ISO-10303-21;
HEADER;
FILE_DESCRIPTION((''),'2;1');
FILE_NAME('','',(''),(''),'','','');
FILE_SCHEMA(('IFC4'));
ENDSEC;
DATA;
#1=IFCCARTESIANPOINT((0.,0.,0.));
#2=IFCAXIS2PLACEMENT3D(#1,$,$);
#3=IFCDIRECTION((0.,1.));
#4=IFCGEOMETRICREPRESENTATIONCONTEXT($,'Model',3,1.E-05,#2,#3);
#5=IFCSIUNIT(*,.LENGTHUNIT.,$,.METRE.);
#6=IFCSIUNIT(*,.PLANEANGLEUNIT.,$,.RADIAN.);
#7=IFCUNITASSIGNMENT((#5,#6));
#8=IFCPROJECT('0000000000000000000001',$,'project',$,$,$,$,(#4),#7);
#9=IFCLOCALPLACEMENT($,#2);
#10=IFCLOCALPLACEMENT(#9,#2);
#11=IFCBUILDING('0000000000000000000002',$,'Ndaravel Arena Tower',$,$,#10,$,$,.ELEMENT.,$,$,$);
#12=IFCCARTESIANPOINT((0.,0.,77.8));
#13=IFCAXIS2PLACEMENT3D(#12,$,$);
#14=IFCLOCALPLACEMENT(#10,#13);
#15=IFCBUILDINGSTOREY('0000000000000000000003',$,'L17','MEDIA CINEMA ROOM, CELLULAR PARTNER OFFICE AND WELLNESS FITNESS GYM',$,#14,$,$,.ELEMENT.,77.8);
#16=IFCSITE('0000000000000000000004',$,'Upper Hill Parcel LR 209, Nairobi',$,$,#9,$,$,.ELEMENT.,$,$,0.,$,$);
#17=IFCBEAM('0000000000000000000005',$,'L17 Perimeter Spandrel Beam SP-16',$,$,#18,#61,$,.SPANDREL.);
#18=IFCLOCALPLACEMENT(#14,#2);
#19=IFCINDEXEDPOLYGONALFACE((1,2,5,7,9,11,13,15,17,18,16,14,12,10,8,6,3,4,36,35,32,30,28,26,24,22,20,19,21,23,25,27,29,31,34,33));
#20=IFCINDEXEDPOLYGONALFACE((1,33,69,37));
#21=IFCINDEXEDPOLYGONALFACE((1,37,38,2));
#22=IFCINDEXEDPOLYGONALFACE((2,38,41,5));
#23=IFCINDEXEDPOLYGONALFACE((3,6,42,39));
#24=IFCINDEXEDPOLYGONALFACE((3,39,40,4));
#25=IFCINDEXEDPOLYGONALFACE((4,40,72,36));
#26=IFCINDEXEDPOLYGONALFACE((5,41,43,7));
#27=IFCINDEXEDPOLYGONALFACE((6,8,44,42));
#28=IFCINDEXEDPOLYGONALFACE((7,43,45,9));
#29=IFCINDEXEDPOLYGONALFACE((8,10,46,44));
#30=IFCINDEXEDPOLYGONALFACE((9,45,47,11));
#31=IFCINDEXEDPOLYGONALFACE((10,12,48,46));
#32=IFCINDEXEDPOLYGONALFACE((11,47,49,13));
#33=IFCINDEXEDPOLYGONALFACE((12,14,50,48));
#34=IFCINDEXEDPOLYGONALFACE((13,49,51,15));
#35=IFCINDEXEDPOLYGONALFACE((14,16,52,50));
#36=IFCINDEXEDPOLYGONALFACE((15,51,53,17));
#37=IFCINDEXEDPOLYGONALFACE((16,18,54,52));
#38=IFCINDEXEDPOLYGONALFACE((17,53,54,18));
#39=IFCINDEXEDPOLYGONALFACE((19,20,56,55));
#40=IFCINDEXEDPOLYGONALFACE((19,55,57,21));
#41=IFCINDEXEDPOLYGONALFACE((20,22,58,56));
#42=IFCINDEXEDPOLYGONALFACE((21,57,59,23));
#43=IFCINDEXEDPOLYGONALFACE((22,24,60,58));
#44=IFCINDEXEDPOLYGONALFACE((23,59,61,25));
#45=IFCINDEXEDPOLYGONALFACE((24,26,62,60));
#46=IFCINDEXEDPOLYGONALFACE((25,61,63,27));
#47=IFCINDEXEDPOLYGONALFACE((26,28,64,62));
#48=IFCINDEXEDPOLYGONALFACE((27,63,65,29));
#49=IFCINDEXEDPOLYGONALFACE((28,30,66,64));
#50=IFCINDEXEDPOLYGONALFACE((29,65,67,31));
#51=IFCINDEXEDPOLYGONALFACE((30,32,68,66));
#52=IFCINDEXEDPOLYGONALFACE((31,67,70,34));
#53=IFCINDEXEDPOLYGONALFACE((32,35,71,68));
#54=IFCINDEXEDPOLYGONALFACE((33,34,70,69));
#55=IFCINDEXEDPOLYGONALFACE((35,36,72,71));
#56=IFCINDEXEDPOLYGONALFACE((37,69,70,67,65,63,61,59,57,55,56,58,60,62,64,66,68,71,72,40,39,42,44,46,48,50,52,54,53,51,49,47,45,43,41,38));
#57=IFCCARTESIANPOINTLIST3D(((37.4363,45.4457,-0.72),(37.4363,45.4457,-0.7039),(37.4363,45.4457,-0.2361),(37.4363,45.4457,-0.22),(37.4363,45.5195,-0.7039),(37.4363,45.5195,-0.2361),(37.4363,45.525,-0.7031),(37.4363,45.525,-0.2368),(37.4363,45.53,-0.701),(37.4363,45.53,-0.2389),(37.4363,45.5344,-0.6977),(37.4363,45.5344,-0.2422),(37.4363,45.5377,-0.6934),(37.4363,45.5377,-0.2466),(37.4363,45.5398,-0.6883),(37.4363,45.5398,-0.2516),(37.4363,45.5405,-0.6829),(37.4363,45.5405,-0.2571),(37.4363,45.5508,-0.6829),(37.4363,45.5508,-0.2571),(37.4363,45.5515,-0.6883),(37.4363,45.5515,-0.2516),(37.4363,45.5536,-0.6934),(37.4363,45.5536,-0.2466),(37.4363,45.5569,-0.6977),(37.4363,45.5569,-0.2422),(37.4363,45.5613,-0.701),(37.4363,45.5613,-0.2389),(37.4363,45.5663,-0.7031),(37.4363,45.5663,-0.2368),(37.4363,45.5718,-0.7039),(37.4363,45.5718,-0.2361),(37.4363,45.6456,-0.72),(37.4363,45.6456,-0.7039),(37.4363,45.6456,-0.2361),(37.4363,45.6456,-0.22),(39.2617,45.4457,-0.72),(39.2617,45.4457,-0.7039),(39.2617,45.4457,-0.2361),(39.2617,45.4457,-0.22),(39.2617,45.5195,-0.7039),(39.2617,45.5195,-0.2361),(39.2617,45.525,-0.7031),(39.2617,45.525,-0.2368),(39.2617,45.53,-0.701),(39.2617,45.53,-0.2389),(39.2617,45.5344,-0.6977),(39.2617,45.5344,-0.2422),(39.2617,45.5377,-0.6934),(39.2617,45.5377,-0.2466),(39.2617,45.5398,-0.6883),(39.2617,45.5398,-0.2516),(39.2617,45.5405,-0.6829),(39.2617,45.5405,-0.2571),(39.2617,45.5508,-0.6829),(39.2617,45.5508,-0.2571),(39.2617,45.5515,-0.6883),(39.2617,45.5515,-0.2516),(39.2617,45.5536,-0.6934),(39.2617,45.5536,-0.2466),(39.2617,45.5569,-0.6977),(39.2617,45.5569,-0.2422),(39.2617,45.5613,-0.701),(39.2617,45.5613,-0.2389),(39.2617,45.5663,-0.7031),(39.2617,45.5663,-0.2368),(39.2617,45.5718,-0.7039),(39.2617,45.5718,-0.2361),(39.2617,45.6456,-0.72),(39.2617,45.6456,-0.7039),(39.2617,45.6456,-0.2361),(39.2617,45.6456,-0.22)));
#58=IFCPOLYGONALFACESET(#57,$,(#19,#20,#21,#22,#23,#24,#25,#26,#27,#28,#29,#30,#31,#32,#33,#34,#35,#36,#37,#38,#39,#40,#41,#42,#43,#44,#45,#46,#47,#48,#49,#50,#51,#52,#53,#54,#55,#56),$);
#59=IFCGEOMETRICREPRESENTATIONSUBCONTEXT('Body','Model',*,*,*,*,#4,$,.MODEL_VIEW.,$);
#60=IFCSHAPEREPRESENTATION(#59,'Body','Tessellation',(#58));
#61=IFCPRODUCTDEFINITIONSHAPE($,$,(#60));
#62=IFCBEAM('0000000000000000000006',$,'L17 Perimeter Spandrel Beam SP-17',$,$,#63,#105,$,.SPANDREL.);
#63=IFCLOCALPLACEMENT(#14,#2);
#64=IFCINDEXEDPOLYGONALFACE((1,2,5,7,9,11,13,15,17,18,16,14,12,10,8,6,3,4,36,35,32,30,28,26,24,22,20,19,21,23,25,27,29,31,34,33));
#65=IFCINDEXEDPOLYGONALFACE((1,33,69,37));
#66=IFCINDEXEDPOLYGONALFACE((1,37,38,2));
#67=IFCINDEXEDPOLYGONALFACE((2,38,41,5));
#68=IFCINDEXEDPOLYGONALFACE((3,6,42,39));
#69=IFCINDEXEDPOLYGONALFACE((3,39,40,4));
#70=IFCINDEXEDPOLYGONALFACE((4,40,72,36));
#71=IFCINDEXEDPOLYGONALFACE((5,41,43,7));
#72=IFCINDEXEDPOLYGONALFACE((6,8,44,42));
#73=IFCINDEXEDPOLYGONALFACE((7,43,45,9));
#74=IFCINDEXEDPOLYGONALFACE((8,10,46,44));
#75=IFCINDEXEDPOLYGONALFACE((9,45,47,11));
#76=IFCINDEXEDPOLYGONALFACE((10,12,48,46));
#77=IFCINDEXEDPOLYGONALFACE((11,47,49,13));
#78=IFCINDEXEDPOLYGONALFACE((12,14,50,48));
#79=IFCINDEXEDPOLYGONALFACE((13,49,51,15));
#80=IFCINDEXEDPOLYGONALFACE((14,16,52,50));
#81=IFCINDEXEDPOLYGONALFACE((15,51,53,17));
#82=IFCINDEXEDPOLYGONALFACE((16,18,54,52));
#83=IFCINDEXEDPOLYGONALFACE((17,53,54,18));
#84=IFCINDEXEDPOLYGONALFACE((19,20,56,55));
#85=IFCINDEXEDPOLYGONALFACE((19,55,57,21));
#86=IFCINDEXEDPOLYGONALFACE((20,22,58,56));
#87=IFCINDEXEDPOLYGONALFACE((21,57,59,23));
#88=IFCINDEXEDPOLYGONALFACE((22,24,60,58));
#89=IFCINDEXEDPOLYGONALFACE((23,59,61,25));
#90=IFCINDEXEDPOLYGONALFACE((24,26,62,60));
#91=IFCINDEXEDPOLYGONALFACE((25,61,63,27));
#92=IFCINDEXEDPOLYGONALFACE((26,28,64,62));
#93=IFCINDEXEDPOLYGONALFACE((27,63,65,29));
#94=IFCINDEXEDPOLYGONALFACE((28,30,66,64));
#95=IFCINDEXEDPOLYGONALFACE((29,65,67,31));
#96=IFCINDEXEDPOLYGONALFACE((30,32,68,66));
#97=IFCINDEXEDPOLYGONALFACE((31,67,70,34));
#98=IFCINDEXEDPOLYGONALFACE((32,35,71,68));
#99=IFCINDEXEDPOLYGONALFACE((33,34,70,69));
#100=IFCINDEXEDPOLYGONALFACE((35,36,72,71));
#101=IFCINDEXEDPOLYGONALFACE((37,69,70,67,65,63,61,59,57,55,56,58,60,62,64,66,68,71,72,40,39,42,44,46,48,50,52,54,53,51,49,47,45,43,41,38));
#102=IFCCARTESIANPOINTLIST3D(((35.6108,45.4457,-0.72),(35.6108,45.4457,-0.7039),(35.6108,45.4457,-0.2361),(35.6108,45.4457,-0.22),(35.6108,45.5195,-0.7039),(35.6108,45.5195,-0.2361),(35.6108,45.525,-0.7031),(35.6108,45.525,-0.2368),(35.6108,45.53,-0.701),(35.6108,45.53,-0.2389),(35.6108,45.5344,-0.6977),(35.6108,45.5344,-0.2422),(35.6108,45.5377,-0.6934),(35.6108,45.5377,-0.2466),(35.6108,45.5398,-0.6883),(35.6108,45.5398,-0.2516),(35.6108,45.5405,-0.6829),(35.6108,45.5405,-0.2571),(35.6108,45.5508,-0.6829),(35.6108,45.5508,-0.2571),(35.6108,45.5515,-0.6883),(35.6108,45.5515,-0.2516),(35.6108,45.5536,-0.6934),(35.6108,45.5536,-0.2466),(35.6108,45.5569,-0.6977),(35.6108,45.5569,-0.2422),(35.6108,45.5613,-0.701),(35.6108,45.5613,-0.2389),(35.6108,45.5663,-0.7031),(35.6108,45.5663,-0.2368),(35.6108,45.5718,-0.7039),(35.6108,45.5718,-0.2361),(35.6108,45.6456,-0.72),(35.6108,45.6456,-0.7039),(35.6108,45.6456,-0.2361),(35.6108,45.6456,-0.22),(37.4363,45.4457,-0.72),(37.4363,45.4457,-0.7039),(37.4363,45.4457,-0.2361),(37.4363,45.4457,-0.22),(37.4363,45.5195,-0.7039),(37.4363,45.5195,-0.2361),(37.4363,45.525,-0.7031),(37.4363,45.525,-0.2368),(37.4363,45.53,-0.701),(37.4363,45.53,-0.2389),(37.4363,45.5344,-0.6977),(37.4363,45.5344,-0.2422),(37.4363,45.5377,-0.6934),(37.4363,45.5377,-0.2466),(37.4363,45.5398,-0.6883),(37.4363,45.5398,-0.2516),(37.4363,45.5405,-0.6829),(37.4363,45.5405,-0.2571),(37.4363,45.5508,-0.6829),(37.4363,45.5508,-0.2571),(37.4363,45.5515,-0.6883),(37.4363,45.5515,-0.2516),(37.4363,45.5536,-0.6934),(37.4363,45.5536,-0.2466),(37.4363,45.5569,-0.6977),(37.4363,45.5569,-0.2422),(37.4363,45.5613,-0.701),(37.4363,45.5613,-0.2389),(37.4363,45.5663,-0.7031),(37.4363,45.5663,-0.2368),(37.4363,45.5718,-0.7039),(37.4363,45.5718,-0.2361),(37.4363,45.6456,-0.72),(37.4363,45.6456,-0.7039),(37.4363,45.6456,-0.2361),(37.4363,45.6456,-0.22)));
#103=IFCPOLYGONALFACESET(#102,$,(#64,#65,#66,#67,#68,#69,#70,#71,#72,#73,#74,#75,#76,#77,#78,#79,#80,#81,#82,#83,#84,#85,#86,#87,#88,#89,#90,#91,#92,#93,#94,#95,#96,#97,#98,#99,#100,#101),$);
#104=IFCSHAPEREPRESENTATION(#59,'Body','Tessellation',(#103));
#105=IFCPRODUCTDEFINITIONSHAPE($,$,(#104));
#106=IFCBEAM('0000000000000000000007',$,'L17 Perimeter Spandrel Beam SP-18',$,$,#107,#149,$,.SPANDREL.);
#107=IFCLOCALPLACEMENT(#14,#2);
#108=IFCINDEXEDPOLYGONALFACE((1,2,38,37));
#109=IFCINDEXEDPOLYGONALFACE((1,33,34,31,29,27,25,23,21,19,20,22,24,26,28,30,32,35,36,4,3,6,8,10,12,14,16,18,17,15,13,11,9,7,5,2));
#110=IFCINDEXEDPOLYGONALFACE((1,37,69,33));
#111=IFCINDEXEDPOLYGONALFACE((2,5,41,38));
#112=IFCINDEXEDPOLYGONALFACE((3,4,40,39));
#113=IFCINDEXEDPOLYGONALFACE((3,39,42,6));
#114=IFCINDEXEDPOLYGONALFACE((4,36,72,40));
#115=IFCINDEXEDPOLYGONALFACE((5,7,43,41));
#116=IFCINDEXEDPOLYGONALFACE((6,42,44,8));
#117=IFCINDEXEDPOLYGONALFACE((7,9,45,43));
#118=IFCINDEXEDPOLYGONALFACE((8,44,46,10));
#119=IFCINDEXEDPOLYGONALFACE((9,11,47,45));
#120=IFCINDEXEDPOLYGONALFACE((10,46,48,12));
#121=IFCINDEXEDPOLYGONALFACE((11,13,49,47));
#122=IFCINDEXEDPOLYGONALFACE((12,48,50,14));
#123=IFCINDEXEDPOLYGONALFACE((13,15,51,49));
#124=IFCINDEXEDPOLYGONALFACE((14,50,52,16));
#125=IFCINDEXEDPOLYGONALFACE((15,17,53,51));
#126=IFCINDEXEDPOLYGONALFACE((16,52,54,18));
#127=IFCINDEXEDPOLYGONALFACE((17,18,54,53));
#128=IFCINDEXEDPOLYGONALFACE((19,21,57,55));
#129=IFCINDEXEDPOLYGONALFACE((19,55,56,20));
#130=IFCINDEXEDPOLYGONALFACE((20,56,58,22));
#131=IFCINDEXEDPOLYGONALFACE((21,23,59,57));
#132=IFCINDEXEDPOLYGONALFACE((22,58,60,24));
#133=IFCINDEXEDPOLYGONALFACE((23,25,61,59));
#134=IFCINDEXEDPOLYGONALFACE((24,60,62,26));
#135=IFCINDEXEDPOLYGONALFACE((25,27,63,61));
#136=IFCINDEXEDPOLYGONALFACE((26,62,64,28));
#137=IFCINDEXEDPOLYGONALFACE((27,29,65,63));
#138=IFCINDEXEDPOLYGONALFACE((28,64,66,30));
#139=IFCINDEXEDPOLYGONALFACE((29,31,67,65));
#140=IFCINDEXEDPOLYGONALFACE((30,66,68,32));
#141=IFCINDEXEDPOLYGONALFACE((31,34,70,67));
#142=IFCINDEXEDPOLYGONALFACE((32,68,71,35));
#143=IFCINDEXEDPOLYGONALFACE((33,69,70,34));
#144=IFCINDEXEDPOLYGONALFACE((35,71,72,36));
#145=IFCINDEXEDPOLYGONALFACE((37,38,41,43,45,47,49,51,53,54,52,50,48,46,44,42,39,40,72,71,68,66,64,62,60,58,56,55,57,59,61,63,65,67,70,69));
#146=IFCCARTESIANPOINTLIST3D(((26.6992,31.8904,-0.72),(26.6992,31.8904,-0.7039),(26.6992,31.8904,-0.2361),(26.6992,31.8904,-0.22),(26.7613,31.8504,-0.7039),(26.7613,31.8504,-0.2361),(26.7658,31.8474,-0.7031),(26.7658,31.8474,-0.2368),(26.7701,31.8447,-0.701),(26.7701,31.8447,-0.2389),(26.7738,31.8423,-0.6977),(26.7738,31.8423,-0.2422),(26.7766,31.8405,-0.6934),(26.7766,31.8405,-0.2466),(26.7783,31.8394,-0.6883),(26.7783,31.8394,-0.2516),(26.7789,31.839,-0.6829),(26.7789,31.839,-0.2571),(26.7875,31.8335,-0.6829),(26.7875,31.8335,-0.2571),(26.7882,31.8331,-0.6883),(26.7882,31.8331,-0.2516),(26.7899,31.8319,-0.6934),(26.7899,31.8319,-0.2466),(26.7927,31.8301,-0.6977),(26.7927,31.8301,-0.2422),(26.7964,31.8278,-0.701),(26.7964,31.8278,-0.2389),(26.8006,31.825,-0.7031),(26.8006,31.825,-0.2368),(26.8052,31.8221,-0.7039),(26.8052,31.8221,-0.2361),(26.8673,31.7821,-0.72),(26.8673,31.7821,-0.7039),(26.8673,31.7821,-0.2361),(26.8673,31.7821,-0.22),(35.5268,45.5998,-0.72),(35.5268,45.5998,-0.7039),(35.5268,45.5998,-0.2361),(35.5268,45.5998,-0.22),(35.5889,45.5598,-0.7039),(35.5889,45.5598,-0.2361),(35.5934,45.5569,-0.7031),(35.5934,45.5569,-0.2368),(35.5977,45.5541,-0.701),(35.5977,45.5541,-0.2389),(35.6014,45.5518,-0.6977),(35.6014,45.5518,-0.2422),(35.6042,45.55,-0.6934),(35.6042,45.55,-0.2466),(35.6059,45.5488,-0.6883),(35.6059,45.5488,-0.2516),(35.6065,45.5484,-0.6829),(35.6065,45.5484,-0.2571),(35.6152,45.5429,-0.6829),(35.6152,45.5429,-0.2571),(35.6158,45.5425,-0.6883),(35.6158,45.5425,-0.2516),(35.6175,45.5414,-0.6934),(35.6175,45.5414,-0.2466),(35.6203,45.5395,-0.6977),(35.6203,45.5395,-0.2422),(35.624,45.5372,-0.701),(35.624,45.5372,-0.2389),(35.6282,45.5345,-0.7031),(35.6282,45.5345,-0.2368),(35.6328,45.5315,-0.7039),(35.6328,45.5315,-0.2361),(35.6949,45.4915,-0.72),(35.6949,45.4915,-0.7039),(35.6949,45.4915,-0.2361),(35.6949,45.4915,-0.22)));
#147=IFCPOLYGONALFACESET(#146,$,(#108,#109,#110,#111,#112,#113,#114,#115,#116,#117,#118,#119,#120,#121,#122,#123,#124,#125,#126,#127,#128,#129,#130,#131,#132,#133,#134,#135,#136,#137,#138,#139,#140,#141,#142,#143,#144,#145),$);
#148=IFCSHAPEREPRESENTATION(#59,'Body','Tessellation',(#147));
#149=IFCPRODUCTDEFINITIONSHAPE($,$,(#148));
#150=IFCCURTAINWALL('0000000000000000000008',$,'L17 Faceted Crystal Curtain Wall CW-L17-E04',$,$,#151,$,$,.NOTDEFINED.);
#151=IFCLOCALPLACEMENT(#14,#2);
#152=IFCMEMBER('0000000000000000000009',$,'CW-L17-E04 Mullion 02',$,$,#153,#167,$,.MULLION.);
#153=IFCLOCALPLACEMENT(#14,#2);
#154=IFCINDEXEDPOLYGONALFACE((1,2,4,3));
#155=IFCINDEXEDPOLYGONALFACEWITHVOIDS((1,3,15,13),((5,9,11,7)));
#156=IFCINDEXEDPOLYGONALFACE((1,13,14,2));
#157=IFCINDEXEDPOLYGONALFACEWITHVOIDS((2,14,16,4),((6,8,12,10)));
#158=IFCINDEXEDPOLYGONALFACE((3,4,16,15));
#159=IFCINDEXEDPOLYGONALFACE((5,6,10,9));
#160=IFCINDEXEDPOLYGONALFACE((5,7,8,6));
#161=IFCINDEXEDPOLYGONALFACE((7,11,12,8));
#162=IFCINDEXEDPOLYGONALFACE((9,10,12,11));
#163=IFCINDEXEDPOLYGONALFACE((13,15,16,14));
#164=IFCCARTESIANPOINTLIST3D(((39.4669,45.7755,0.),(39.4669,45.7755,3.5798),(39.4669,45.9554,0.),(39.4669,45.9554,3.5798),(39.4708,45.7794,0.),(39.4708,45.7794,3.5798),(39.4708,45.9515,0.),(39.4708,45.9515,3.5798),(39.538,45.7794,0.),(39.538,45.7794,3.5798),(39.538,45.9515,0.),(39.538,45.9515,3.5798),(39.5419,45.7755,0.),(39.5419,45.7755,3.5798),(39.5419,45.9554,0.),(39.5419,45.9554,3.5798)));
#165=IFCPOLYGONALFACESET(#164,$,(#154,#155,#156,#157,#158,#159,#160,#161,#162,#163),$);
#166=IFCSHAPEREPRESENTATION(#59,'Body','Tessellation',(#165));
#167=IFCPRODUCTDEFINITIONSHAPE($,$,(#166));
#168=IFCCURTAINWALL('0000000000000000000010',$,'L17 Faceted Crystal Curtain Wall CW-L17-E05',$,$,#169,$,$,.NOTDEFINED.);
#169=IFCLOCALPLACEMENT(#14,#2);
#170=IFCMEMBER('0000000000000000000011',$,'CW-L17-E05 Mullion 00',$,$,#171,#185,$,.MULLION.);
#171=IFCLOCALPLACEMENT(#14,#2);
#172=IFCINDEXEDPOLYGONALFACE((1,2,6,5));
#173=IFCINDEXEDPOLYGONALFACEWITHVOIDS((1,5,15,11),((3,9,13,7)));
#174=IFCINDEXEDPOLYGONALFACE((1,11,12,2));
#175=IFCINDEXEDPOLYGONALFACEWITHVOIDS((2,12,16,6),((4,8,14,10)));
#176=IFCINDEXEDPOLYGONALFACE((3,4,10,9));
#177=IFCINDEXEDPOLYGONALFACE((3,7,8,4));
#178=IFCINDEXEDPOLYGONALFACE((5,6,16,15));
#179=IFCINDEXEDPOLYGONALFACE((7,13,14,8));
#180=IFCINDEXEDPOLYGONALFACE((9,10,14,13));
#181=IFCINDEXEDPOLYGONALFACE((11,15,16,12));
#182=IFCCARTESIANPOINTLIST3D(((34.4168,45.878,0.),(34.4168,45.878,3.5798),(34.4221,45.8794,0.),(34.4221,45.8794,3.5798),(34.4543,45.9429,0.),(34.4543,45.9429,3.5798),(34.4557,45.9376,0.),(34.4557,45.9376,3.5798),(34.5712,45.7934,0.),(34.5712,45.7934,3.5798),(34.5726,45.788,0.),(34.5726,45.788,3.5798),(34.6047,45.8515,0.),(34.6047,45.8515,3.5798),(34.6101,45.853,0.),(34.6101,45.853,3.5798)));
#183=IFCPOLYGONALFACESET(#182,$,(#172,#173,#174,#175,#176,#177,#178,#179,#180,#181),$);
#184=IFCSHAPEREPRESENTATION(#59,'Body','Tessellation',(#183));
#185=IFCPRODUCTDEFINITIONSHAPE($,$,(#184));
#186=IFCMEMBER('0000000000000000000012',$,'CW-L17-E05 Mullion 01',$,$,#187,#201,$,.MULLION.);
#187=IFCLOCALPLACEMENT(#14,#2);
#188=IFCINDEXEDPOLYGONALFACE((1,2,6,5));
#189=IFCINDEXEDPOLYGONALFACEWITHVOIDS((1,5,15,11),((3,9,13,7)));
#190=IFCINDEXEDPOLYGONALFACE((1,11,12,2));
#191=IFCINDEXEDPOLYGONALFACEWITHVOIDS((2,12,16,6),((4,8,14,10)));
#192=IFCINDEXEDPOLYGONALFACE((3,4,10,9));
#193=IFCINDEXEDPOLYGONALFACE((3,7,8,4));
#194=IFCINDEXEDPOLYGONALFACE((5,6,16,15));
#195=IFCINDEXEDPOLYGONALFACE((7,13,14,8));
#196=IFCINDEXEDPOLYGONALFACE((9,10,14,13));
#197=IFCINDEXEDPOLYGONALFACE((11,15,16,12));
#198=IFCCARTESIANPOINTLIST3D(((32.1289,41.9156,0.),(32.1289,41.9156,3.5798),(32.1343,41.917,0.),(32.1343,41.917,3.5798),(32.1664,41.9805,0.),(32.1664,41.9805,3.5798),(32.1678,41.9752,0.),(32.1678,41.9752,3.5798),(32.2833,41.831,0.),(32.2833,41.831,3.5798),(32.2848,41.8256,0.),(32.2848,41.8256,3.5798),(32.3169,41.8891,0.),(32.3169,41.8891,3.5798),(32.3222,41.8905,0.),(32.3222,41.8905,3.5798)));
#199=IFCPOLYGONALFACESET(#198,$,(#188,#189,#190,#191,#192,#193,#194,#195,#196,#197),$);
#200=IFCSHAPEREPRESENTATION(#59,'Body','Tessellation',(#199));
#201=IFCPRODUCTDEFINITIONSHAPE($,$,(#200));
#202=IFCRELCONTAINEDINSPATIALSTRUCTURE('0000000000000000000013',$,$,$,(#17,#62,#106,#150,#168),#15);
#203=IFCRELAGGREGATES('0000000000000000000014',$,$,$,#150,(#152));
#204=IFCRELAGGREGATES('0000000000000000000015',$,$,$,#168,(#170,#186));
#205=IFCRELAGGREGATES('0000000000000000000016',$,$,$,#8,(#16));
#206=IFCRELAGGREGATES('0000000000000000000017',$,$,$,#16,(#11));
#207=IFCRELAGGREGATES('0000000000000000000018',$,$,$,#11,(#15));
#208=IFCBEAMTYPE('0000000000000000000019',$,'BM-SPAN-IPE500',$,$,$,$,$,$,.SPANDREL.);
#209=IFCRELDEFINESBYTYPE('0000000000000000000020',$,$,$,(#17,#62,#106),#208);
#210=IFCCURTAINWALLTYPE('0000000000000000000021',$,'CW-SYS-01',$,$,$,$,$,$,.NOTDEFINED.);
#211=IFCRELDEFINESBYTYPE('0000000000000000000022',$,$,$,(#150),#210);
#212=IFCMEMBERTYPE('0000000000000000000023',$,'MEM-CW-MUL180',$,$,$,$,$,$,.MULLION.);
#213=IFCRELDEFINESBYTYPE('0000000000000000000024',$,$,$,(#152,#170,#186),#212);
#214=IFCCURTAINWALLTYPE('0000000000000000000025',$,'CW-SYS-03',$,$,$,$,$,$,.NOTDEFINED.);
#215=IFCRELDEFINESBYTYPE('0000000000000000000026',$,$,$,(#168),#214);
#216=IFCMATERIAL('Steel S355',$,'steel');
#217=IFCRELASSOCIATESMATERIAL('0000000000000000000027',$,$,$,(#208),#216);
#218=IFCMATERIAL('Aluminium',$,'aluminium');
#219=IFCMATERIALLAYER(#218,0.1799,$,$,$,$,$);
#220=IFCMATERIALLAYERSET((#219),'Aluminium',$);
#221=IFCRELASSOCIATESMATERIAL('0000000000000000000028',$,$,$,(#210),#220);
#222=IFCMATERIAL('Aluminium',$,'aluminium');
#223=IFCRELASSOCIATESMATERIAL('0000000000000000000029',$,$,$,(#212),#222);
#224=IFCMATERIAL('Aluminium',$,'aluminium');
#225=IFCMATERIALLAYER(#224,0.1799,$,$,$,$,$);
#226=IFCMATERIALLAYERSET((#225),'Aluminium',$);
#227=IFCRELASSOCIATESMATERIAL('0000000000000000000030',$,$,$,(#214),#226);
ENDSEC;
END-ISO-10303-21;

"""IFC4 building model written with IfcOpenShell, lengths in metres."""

from ifc_helpers import new_model, si_unit, direction, frame, origin, origin_2d, place, context, subcontext, project, spatial, hollow_rectangle, i_section, extrude, material, layer, layer_set, material_profile, profile_set, type_object, element, aggregate, save


model = new_model("IFC4")

# Units and contexts
model_context = context("Model", 3, precision=1e-05, world=origin(), true_north=direction((0.0, 1.0)))
body_context = subcontext(model_context, "Body", "Model", "MODEL_VIEW")
ifc_project = project(units=[si_unit("LENGTHUNIT", "METRE"), si_unit("PLANEANGLEUNIT", "RADIAN")], contexts=[model_context])

# Site, building, storey
site_placement = place(None, origin())
site = spatial("IfcSite", under=ifc_project, at=site_placement, Name="Upper Hill Parcel LR 209, Nairobi", CompositionType="ELEMENT", RefElevation=0.0)
building_placement = place(site_placement, origin())
building = spatial("IfcBuilding", under=site, at=building_placement, Name="Ndaravel Arena Tower", CompositionType="ELEMENT")
storey_placement = place(building_placement, frame((0.0, 0.0, 77.8)))
storey = spatial("IfcBuildingStorey", under=building, at=storey_placement, Name="L17", Description="MEDIA CINEMA ROOM, CELLULAR PARTNER OFFICE AND WELLNESS FITNESS GYM", CompositionType="ELEMENT", Elevation=77.8)

# Beams
ifc_material_1 = material(Name="Steel S355", Category="steel")
ifc_material_profile_1 = material_profile(ifc_material_1, i_section(OverallWidth=0.2, OverallDepth=0.5, WebThickness=0.0103, FlangeThickness=0.0161, FilletRadius=0.021, at=origin_2d()), Name="IPE 500")
ifc_profile_set_1 = profile_set([ifc_material_profile_1], Name="Steel S355")
beam_type_1 = type_object("IfcBeamType", Name="BM-SPAN-IPE500", PredefinedType="SPANDREL", material=ifc_profile_set_1)
for number, where, z_axis, x_axis, name in (
    (1, (39.2617, 45.5457, -0.47), (-1.0, 0.0, 0.0), (0.0, -1.0, 0.0), "L17 Perimeter Spandrel Beam SP-16"),
    (2, (37.4363, 45.5457, -0.47), (-1.0, 0.0, 0.0), (0.0, -1.0, 0.0), "L17 Perimeter Spandrel Beam SP-17"),
):
    element("IfcBeam", number, at=place(storey_placement, frame(where, z_axis=z_axis, x_axis=x_axis)), inside=storey, type_object=beam_type_1, Name=name, PredefinedType="SPANDREL", context=body_context, shape_type="SweptSolid", body=[
        extrude(i_section(OverallWidth=0.2, OverallDepth=0.5, WebThickness=0.0103, FlangeThickness=0.0161, FilletRadius=0.021, at=origin_2d()), origin(), (0.0, 0.0, 1.0), 1.8254),
    ])
beam_1_placement = place(storey_placement, frame((35.6108, 45.5457, -0.47), z_axis=(-0.541383, -0.840776, 0.0), x_axis=(0.840776, -0.541383, 0.0)))
element("IfcBeam", 3, at=beam_1_placement, inside=storey, type_object=beam_type_1, Name="L17 Perimeter Spandrel Beam SP-18", PredefinedType="SPANDREL", context=body_context, shape_type="SweptSolid", body=[
    extrude(i_section(OverallWidth=0.2, OverallDepth=0.5, WebThickness=0.0103, FlangeThickness=0.0161, FilletRadius=0.021, at=origin_2d()), origin(), (0.0, 0.0, 1.0), 16.3057),
])

# Curtain wall, member
ifc_material_2 = material(Name="Aluminium", Category="aluminium")
ifc_layer_1 = layer(ifc_material_2, 0.1799)
ifc_layer_set_1 = layer_set([ifc_layer_1], Name="Aluminium")
curtain_wall_type_1 = type_object("IfcCurtainWallType", Name="CW-SYS-01", PredefinedType="NOTDEFINED", material=ifc_layer_set_1)
curtain_wall_1_placement = place(storey_placement, origin())
curtain_wall_1 = element("IfcCurtainWall", 4, at=curtain_wall_1_placement, inside=storey, type_object=curtain_wall_type_1, Name="L17 Faceted Crystal Curtain Wall CW-L17-E04", PredefinedType="NOTDEFINED")
ifc_material_3 = material(Name="Aluminium", Category="aluminium")
ifc_material_profile_2 = material_profile(ifc_material_3, hollow_rectangle(XDim=0.075, YDim=0.1799, WallThickness=0.0039, at=origin_2d()), Name="CW MULLION 75x180x4")
ifc_profile_set_2 = profile_set([ifc_material_profile_2], Name="Aluminium")
member_type_1 = type_object("IfcMemberType", Name="MEM-CW-MUL180", PredefinedType="MULLION", material=ifc_profile_set_2)
member_1_placement = place(storey_placement, frame((39.5044, 45.8655, 0.0), z_axis=(0.0, 0.0, 1.0), x_axis=(-1.0, 0.0, 0.0)))
member_1 = element("IfcMember", 5, at=member_1_placement, type_object=member_type_1, Name="CW-L17-E04 Mullion 02", PredefinedType="MULLION", context=body_context, shape_type="SweptSolid", body=[
    extrude(hollow_rectangle(XDim=0.075, YDim=0.1799, WallThickness=0.0039, at=origin_2d()), origin(), (0.0, 0.0, 1.0), 3.5798),
])

# Curtain wall, members
ifc_material_4 = material(Name="Aluminium", Category="aluminium")
ifc_layer_2 = layer(ifc_material_4, 0.1799)
ifc_layer_set_2 = layer_set([ifc_layer_2], Name="Aluminium")
curtain_wall_type_2 = type_object("IfcCurtainWallType", Name="CW-SYS-03", PredefinedType="NOTDEFINED", material=ifc_layer_set_2)
curtain_wall_2_placement = place(storey_placement, origin())
curtain_wall_2 = element("IfcCurtainWall", 6, at=curtain_wall_2_placement, inside=storey, type_object=curtain_wall_type_2, Name="L17 Faceted Crystal Curtain Wall CW-L17-E05", PredefinedType="NOTDEFINED")
member_2_placement = place(storey_placement, frame((34.5134, 45.8655, 0.0), z_axis=(0.0, 0.0, 1.0), x_axis=(-0.5, -0.866025, 0.0)))
member_2 = element("IfcMember", 7, at=member_2_placement, type_object=member_type_1, Name="CW-L17-E05 Mullion 00", PredefinedType="MULLION", context=body_context, shape_type="SweptSolid", body=[
    extrude(hollow_rectangle(XDim=0.075, YDim=0.1799, WallThickness=0.0039, at=origin_2d()), origin(), (0.0, 0.0, 1.0), 3.5798),
])
member_3_placement = place(storey_placement, frame((32.2256, 41.9031, 0.0), z_axis=(0.0, 0.0, 1.0), x_axis=(-0.5, -0.866025, 0.0)))
member_3 = element("IfcMember", 8, at=member_3_placement, type_object=member_type_1, Name="CW-L17-E05 Mullion 01", PredefinedType="MULLION", context=body_context, shape_type="SweptSolid", body=[
    extrude(hollow_rectangle(XDim=0.075, YDim=0.1799, WallThickness=0.0039, at=origin_2d()), origin(), (0.0, 0.0, 1.0), 3.5798),
])

aggregate(curtain_wall_1, [member_1])
aggregate(curtain_wall_2, [member_2, member_3])

save(model, "model.ifc")
